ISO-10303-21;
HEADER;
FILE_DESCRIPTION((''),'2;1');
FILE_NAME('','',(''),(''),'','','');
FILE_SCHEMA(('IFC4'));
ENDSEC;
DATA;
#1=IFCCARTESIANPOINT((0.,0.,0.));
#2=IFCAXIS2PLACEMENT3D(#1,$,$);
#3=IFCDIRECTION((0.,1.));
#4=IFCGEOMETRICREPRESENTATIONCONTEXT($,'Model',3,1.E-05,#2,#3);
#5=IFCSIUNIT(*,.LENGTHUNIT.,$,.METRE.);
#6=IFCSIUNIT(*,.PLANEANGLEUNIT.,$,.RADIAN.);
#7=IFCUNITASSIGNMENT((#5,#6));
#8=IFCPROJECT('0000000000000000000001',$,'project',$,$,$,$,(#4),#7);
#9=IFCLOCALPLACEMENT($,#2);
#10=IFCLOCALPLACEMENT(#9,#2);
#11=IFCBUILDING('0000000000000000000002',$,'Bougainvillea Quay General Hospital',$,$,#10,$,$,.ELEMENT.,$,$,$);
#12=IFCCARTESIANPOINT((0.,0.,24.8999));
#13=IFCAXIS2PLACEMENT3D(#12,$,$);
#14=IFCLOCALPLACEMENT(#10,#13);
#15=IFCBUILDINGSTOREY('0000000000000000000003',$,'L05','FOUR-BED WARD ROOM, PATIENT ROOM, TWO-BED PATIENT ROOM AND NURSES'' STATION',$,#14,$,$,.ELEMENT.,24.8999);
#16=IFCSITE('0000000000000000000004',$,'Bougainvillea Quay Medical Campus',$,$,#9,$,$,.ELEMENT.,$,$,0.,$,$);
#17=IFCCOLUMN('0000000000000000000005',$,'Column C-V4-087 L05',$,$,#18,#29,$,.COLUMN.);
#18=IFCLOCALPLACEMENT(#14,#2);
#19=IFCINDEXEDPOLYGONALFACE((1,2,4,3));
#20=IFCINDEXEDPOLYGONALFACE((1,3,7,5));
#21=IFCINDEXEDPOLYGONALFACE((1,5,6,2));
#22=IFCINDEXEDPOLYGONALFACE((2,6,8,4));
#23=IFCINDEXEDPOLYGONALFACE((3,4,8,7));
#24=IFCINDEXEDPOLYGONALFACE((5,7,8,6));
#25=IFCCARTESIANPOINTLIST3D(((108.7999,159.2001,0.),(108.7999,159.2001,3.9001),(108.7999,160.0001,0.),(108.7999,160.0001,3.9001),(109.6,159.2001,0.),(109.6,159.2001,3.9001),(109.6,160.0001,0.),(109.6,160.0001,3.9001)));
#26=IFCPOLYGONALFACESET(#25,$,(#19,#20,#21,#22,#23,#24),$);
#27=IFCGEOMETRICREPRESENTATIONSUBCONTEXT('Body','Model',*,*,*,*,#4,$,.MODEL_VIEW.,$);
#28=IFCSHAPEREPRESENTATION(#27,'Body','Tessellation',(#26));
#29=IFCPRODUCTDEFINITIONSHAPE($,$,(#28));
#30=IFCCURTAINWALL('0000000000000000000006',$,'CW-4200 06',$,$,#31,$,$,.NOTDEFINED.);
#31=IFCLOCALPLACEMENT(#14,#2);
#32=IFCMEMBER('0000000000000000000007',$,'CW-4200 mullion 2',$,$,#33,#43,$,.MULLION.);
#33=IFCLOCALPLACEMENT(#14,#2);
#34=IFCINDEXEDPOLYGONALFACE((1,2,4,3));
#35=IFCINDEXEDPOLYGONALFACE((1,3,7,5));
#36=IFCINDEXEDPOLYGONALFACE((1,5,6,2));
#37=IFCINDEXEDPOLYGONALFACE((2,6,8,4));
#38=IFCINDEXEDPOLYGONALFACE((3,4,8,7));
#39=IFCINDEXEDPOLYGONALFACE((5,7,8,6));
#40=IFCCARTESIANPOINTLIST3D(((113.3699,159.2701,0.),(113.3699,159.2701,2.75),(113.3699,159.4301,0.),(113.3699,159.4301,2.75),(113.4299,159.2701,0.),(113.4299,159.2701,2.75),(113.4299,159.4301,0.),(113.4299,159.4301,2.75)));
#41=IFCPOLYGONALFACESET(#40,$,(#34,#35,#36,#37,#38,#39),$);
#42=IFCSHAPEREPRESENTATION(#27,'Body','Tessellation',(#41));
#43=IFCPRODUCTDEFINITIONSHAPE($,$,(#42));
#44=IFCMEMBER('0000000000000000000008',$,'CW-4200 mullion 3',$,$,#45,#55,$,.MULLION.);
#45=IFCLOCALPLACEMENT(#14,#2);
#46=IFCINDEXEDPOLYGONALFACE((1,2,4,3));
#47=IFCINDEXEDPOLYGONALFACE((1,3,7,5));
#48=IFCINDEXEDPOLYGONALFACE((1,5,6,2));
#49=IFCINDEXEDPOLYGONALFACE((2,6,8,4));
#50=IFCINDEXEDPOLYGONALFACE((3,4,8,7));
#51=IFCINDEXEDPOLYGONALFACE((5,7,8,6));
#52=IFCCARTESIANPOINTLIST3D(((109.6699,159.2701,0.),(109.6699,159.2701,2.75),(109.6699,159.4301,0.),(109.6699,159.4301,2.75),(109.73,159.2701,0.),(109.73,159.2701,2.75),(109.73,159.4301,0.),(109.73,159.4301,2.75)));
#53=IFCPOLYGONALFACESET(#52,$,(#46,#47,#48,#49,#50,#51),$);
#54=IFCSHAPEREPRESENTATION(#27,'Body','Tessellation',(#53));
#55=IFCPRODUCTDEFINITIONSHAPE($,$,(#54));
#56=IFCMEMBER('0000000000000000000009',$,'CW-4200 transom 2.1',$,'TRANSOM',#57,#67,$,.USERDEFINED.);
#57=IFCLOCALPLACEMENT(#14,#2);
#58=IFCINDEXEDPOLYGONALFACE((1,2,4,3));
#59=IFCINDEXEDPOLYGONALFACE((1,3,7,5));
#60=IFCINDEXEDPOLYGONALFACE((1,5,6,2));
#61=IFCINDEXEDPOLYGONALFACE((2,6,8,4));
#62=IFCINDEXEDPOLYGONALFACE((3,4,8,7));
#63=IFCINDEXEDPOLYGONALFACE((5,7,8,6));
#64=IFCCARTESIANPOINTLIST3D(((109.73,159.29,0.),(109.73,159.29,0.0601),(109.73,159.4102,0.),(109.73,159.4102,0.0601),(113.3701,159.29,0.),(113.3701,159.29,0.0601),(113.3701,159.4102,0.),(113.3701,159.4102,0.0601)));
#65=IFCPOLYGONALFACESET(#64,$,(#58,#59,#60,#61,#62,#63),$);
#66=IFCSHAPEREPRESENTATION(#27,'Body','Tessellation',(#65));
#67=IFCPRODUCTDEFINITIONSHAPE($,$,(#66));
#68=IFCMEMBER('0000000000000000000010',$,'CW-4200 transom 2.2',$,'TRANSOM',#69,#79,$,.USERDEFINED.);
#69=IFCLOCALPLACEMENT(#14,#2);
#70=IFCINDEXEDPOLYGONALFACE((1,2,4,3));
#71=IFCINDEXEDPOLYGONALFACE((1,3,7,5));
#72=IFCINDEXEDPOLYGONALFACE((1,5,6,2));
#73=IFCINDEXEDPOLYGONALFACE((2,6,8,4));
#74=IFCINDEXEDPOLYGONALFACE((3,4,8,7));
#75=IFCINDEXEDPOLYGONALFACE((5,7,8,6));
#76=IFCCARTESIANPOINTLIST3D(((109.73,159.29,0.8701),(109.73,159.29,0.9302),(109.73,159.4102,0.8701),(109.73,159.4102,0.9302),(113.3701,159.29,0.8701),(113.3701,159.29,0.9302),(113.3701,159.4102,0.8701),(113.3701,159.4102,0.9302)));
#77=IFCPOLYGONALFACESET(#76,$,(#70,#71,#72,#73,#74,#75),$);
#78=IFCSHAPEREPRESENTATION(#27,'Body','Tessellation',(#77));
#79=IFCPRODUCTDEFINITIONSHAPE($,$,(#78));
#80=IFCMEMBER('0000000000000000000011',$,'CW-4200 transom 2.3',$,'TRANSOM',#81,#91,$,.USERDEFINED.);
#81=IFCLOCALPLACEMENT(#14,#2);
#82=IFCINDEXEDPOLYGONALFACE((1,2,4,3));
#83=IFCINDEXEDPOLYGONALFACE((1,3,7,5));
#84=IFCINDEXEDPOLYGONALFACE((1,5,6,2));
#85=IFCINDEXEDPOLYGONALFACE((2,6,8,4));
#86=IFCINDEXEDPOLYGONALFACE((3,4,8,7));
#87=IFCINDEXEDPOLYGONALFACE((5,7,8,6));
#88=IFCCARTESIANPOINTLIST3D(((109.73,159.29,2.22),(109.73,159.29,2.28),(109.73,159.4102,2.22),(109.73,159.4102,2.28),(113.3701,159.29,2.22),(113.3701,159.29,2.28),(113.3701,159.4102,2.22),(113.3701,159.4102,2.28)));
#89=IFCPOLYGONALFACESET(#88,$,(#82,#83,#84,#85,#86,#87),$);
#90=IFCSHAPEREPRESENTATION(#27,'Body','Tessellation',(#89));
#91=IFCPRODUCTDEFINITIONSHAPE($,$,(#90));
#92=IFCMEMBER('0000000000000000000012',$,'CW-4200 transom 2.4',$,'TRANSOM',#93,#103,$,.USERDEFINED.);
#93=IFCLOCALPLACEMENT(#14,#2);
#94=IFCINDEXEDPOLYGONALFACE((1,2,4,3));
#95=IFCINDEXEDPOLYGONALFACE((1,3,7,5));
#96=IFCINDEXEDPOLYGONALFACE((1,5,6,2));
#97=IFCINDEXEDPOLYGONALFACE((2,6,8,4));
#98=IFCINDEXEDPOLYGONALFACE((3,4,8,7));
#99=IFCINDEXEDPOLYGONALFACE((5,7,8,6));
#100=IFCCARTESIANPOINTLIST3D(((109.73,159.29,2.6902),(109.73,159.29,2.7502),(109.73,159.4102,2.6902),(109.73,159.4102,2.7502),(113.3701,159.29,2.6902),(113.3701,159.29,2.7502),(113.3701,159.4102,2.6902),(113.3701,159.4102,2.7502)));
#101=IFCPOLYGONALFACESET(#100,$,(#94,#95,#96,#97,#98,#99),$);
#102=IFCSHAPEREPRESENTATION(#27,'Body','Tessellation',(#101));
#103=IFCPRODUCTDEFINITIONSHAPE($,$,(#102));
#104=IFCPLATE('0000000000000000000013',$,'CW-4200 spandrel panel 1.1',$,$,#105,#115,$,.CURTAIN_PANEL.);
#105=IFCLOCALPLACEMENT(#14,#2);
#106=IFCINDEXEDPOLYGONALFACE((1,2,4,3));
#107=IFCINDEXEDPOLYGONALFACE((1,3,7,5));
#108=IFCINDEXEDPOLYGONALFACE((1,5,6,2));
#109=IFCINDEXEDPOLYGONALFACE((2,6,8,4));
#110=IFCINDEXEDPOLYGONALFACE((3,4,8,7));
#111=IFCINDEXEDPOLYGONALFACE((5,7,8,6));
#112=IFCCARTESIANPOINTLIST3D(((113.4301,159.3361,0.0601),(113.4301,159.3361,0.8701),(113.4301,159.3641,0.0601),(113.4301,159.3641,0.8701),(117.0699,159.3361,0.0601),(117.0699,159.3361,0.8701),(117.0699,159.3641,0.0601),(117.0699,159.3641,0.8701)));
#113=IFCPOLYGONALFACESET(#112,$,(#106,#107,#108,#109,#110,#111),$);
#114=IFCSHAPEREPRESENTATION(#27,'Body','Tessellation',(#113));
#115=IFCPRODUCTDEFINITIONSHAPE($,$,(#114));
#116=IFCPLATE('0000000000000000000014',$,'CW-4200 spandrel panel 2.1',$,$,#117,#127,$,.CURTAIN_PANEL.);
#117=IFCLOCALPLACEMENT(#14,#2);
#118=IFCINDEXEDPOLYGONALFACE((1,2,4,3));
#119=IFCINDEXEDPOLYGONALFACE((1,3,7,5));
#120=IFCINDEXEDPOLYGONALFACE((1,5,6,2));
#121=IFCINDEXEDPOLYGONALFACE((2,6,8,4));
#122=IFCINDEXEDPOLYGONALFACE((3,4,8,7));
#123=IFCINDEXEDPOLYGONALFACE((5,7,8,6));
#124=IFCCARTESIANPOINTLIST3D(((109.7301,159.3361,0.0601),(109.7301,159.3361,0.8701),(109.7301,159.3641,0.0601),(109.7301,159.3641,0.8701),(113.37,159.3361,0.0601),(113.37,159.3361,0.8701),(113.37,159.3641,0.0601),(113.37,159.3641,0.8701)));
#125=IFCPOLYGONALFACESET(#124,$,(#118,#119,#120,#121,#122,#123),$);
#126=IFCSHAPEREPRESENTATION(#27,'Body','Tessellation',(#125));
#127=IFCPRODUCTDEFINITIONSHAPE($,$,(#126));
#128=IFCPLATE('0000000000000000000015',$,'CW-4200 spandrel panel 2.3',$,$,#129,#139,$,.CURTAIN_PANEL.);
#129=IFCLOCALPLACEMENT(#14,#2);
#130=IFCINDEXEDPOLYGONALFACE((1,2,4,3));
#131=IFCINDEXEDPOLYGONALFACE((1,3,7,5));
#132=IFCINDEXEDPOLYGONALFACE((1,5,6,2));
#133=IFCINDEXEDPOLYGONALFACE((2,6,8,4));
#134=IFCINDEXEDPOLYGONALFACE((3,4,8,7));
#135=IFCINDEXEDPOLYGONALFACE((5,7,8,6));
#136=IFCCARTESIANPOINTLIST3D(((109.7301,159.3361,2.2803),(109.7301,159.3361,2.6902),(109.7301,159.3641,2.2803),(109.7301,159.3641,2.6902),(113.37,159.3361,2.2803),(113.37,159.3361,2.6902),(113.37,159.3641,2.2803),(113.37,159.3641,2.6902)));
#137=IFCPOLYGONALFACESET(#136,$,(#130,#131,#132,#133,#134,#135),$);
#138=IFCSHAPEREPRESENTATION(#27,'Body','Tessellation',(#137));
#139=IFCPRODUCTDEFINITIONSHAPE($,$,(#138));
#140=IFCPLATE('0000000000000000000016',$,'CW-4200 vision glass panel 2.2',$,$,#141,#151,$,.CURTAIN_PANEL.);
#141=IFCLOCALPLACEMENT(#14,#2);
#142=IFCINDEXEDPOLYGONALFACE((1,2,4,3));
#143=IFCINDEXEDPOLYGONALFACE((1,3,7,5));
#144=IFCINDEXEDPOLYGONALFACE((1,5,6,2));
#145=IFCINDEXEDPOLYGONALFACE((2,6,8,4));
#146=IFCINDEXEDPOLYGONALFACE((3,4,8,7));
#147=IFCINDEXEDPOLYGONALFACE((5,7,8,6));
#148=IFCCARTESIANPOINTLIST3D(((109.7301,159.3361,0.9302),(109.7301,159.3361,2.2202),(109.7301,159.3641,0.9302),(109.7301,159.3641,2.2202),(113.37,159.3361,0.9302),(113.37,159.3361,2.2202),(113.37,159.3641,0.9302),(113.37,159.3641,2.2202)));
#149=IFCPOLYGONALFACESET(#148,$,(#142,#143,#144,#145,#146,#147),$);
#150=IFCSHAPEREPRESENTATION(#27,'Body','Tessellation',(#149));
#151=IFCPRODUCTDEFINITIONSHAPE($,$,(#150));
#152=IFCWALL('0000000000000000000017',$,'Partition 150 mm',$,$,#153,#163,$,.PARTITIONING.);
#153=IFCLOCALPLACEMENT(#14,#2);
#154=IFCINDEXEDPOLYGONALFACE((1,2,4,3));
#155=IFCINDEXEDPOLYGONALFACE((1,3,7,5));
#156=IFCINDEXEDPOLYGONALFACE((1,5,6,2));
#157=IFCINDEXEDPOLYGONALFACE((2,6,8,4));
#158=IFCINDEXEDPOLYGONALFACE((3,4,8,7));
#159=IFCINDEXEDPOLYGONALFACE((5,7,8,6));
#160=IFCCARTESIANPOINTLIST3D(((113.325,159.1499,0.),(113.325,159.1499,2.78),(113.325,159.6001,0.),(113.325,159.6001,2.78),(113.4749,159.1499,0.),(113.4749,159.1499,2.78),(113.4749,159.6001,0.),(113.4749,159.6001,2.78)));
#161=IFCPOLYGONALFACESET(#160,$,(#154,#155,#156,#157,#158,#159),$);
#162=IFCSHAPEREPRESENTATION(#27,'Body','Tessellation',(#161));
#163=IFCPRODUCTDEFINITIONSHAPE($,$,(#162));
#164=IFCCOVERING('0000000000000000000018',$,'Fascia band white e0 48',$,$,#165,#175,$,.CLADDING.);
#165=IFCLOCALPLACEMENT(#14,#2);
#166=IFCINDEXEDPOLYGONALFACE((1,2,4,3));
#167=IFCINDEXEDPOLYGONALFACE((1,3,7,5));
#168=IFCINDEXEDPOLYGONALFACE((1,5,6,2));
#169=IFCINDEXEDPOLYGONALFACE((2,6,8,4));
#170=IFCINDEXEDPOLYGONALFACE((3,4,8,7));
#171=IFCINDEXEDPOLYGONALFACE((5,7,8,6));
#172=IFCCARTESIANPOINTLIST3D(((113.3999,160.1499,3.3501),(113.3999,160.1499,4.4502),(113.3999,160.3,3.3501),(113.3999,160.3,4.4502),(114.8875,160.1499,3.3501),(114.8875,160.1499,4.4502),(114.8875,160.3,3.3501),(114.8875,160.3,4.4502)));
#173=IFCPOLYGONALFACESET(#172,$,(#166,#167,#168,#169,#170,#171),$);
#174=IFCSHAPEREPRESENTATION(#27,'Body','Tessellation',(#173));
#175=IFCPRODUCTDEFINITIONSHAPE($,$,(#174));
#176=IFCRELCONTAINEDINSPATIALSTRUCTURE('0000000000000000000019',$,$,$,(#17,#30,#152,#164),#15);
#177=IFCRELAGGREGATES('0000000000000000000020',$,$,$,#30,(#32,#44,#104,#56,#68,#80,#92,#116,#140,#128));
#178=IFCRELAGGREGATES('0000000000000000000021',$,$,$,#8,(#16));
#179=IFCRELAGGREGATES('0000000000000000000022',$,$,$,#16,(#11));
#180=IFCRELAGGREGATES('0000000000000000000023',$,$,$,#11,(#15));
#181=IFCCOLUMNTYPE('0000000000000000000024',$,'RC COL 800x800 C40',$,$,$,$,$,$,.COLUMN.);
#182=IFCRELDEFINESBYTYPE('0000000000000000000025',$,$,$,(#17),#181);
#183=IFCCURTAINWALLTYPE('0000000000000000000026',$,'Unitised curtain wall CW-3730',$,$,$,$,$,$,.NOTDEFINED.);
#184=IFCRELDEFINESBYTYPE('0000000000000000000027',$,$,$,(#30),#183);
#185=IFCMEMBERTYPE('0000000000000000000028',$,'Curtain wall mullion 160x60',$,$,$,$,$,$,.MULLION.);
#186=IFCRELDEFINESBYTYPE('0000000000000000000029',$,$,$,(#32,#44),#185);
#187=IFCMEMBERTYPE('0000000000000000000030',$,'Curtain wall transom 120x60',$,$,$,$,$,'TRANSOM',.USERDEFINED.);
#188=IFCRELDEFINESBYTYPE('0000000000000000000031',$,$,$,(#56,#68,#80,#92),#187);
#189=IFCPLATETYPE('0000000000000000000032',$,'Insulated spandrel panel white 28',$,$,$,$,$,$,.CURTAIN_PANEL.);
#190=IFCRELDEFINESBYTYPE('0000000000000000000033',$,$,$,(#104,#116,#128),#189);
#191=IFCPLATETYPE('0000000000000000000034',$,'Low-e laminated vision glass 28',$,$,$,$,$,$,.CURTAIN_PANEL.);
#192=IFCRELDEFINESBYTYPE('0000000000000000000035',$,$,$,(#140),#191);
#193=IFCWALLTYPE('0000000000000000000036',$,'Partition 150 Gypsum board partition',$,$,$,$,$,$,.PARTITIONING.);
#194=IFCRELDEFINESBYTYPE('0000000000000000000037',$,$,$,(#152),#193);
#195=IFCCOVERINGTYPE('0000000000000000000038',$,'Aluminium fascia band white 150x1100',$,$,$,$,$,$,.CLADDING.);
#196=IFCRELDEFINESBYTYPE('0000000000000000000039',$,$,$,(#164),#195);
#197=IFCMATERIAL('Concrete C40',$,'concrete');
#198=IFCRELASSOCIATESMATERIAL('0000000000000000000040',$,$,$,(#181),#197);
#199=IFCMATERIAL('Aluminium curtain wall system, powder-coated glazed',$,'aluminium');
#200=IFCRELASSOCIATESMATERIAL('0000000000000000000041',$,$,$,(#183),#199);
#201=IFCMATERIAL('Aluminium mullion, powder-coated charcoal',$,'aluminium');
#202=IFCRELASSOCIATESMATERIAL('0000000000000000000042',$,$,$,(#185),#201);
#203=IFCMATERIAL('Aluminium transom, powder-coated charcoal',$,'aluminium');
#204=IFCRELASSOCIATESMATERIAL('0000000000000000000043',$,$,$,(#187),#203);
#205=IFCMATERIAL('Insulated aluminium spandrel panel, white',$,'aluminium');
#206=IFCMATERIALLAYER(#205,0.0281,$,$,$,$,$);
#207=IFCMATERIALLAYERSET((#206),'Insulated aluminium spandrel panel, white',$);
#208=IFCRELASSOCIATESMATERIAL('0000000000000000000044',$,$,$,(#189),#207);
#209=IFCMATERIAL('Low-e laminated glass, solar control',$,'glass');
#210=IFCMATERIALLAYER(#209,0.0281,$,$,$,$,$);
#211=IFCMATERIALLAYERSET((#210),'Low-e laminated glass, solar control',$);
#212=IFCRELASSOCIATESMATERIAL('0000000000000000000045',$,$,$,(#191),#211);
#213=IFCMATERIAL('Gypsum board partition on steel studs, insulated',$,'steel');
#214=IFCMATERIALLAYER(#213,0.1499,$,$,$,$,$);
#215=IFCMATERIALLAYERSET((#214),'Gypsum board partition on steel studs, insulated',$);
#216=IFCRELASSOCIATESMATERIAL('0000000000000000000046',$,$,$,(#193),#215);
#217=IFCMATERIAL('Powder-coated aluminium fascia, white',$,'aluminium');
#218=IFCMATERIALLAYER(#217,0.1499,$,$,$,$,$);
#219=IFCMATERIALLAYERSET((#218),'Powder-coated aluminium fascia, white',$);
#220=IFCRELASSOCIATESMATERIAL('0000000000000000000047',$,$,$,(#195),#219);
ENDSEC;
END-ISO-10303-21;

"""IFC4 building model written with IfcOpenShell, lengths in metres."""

from ifc_helpers import new_model, si_unit, direction, frame, frame_2d, origin, origin_2d, place, context, subcontext, project, spatial, polyline, rectangle, outline, extrude, material, layer, layer_set, material_profile, profile_set, type_object, element, aggregate, save


model = new_model("IFC4")

# Units and contexts
model_context = context("Model", 3, precision=1e-05, world=origin(), true_north=direction((0.0, 1.0)))
body_context = subcontext(model_context, "Body", "Model", "MODEL_VIEW")
ifc_project = project(units=[si_unit("LENGTHUNIT", "METRE"), si_unit("PLANEANGLEUNIT", "RADIAN")], contexts=[model_context])

# Site, building, storey
site_placement = place(None, origin())
site = spatial("IfcSite", under=ifc_project, at=site_placement, Name="Bougainvillea Quay Medical Campus", CompositionType="ELEMENT", RefElevation=0.0)
building_placement = place(site_placement, origin())
building = spatial("IfcBuilding", under=site, at=building_placement, Name="Bougainvillea Quay General Hospital", CompositionType="ELEMENT")
storey_placement = place(building_placement, frame((0.0, 0.0, 24.8999)))
storey = spatial("IfcBuildingStorey", under=building, at=storey_placement, Name="L05", Description="FOUR-BED WARD ROOM, PATIENT ROOM, TWO-BED PATIENT ROOM AND NURSES' STATION", CompositionType="ELEMENT", Elevation=24.8999)

# Column
ifc_material_1 = material(Name="Concrete C40", Category="concrete")
ifc_material_profile_1 = material_profile(ifc_material_1, rectangle(XDim=0.8, YDim=0.8, at=origin_2d()))
ifc_profile_set_1 = profile_set([ifc_material_profile_1], Name="Concrete C40")
column_type = type_object("IfcColumnType", Name="RC COL 800x800 C40", PredefinedType="COLUMN", material=ifc_profile_set_1)
column_placement = place(storey_placement, frame((109.2, 159.6001, 0.0), z_axis=(0.0, 0.0, 1.0), x_axis=(1.0, 0.0, 0.0)))
element("IfcColumn", 1, at=column_placement, inside=storey, type_object=column_type, Name="Column C-V4-087 L05", PredefinedType="COLUMN", context=body_context, shape_type="SweptSolid", body=[
    extrude(rectangle(XDim=0.8, YDim=0.8, at=origin_2d()), origin(), (0.0, 0.0, 1.0), 3.9001),
])

# Curtain wall, members, plates
ifc_material_2 = material(Name="Aluminium curtain wall system, powder-coated glazed", Category="aluminium")
curtain_wall_type = type_object("IfcCurtainWallType", Name="Unitised curtain wall CW-3730", PredefinedType="NOTDEFINED", material=ifc_material_2)
curtain_wall_placement = place(storey_placement, origin())
curtain_wall = element("IfcCurtainWall", 2, at=curtain_wall_placement, inside=storey, type_object=curtain_wall_type, Name="CW-4200 06", PredefinedType="NOTDEFINED")
ifc_material_3 = material(Name="Aluminium mullion, powder-coated charcoal", Category="aluminium")
ifc_material_profile_2 = material_profile(ifc_material_3, rectangle(XDim=0.1599, YDim=0.0601, at=origin_2d()))
ifc_profile_set_2 = profile_set([ifc_material_profile_2], Name="Aluminium mullion, powder-coated charcoal")
member_type_1 = type_object("IfcMemberType", Name="Curtain wall mullion 160x60", PredefinedType="MULLION", material=ifc_profile_set_2)
member_1_placement = place(storey_placement, frame((113.3999, 159.3501, 0.0), z_axis=(0.0, 0.0, 1.0), x_axis=(0.0, -1.0, 0.0)))
member_1 = element("IfcMember", 3, at=member_1_placement, type_object=member_type_1, Name="CW-4200 mullion 2", PredefinedType="MULLION", context=body_context, shape_type="SweptSolid", body=[
    extrude(rectangle(XDim=0.1599, YDim=0.0601, at=origin_2d()), origin(), (0.0, 0.0, 1.0), 2.75),
])
member_2_placement = place(storey_placement, frame((109.7, 159.3501, 0.0), z_axis=(0.0, 0.0, 1.0), x_axis=(0.0, -1.0, 0.0)))
member_2 = element("IfcMember", 4, at=member_2_placement, type_object=member_type_1, Name="CW-4200 mullion 3", PredefinedType="MULLION", context=body_context, shape_type="SweptSolid", body=[
    extrude(rectangle(XDim=0.1599, YDim=0.0601, at=origin_2d()), origin(), (0.0, 0.0, 1.0), 2.75),
])
ifc_material_4 = material(Name="Aluminium transom, powder-coated charcoal", Category="aluminium")
ifc_material_profile_3 = material_profile(ifc_material_4, rectangle(XDim=0.1201, YDim=0.0601, at=origin_2d()))
ifc_profile_set_3 = profile_set([ifc_material_profile_3], Name="Aluminium transom, powder-coated charcoal")
member_type_2 = type_object("IfcMemberType", Name="Curtain wall transom 120x60", ElementType="TRANSOM", PredefinedType="USERDEFINED", material=ifc_profile_set_3)
member_3_placement = place(storey_placement, frame((113.3701, 159.3501, 0.03), z_axis=(-1.0, 0.0, 0.0), x_axis=(0.0, -1.0, 0.0)))
member_3 = element("IfcMember", 5, at=member_3_placement, type_object=member_type_2, Name="CW-4200 transom 2.1", ObjectType="TRANSOM", PredefinedType="USERDEFINED", context=body_context, shape_type="SweptSolid", body=[
    extrude(rectangle(XDim=0.1201, YDim=0.0601, at=origin_2d()), origin(), (0.0, 0.0, 1.0), 3.6401),
])
member_4_placement = place(storey_placement, frame((113.3701, 159.3501, 0.9001), z_axis=(-1.0, 0.0, 0.0), x_axis=(0.0, -1.0, 0.0)))
member_4 = element("IfcMember", 6, at=member_4_placement, type_object=member_type_2, Name="CW-4200 transom 2.2", ObjectType="TRANSOM", PredefinedType="USERDEFINED", context=body_context, shape_type="SweptSolid", body=[
    extrude(rectangle(XDim=0.1201, YDim=0.0601, at=origin_2d()), origin(), (0.0, 0.0, 1.0), 3.6401),
])
member_5_placement = place(storey_placement, frame((113.3701, 159.3501, 2.25), z_axis=(-1.0, 0.0, 0.0), x_axis=(0.0, -1.0, 0.0)))
member_5 = element("IfcMember", 7, at=member_5_placement, type_object=member_type_2, Name="CW-4200 transom 2.3", ObjectType="TRANSOM", PredefinedType="USERDEFINED", context=body_context, shape_type="SweptSolid", body=[
    extrude(rectangle(XDim=0.1201, YDim=0.0601, at=origin_2d()), origin(), (0.0, 0.0, 1.0), 3.6401),
])
member_6_placement = place(storey_placement, frame((113.3701, 159.3501, 2.7202), z_axis=(-1.0, 0.0, 0.0), x_axis=(0.0, -1.0, 0.0)))
member_6 = element("IfcMember", 8, at=member_6_placement, type_object=member_type_2, Name="CW-4200 transom 2.4", ObjectType="TRANSOM", PredefinedType="USERDEFINED", context=body_context, shape_type="SweptSolid", body=[
    extrude(rectangle(XDim=0.1201, YDim=0.0601, at=origin_2d()), origin(), (0.0, 0.0, 1.0), 3.6401),
])
ifc_material_5 = material(Name="Insulated aluminium spandrel panel, white", Category="aluminium")
ifc_layer_1 = layer(ifc_material_5, 0.0281)
ifc_layer_set_1 = layer_set([ifc_layer_1], Name="Insulated aluminium spandrel panel, white")
plate_type_1 = type_object("IfcPlateType", Name="Insulated spandrel panel white 28", PredefinedType="CURTAIN_PANEL", material=ifc_layer_set_1)
plate_1_placement = place(storey_placement, frame((115.25, 159.3501, 0.0601), z_axis=(0.0, 0.0, 1.0), x_axis=(-1.0, 0.0, 0.0)))
plate_1 = element("IfcPlate", 9, at=plate_1_placement, type_object=plate_type_1, Name="CW-4200 spandrel panel 1.1", PredefinedType="CURTAIN_PANEL", context=body_context, shape_type="SweptSolid", body=[
    extrude(rectangle(XDim=3.6399, YDim=0.0281, at=origin_2d()), origin(), (0.0, 0.0, 1.0), 0.8101),
])
plate_2_placement = place(storey_placement, frame((111.55, 159.3501, 0.0601), z_axis=(0.0, 0.0, 1.0), x_axis=(-1.0, 0.0, 0.0)))
plate_2 = element("IfcPlate", 10, at=plate_2_placement, type_object=plate_type_1, Name="CW-4200 spandrel panel 2.1", PredefinedType="CURTAIN_PANEL", context=body_context, shape_type="SweptSolid", body=[
    extrude(rectangle(XDim=3.6399, YDim=0.0281, at=origin_2d()), origin(), (0.0, 0.0, 1.0), 0.8101),
])
plate_3_placement = place(storey_placement, frame((111.55, 159.3501, 2.2803), z_axis=(0.0, 0.0, 1.0), x_axis=(-1.0, 0.0, 0.0)))
plate_3 = element("IfcPlate", 11, at=plate_3_placement, type_object=plate_type_1, Name="CW-4200 spandrel panel 2.3", PredefinedType="CURTAIN_PANEL", context=body_context, shape_type="SweptSolid", body=[
    extrude(rectangle(XDim=3.6399, YDim=0.0281, at=origin_2d()), origin(), (0.0, 0.0, 1.0), 0.4099),
])
ifc_material_6 = material(Name="Low-e laminated glass, solar control", Category="glass")
ifc_layer_2 = layer(ifc_material_6, 0.0281)
ifc_layer_set_2 = layer_set([ifc_layer_2], Name="Low-e laminated glass, solar control")
plate_type_2 = type_object("IfcPlateType", Name="Low-e laminated vision glass 28", PredefinedType="CURTAIN_PANEL", material=ifc_layer_set_2)
plate_4_placement = place(storey_placement, frame((111.55, 159.3501, 0.9302), z_axis=(0.0, 0.0, 1.0), x_axis=(-1.0, 0.0, 0.0)))
plate_4 = element("IfcPlate", 12, at=plate_4_placement, type_object=plate_type_2, Name="CW-4200 vision glass panel 2.2", PredefinedType="CURTAIN_PANEL", context=body_context, shape_type="SweptSolid", body=[
    extrude(rectangle(XDim=3.6399, YDim=0.0281, at=origin_2d()), origin(), (0.0, 0.0, 1.0), 1.29),
])
aggregate(curtain_wall, [member_1, member_2, plate_1, member_3, member_4, member_5, member_6, plate_2, plate_4, plate_3])

# Wall
ifc_material_7 = material(Name="Gypsum board partition on steel studs, insulated", Category="steel")
ifc_layer_3 = layer(ifc_material_7, 0.1499)
ifc_layer_set_3 = layer_set([ifc_layer_3], Name="Gypsum board partition on steel studs, insulated")
wall_type = type_object("IfcWallType", Name="Partition 150 Gypsum board partition", PredefinedType="PARTITIONING", material=ifc_layer_set_3)
wall_placement = place(storey_placement, frame((113.3999, 159.1499, 0.0), z_axis=(0.0, 0.0, 1.0), x_axis=(0.0, 1.0, 0.0)))
element("IfcWall", 13, at=wall_placement, inside=storey, type_object=wall_type, Name="Partition 150 mm", PredefinedType="PARTITIONING", context=body_context, shape_type="SweptSolid", body=[
    extrude(rectangle(XDim=0.4502, YDim=0.1499, at=frame_2d((0.2251, 0.0))), origin(), (0.0, 0.0, 1.0), 2.78),
])

# Covering
ifc_material_8 = material(Name="Powder-coated aluminium fascia, white", Category="aluminium")
ifc_layer_4 = layer(ifc_material_8, 0.1499)
ifc_layer_set_4 = layer_set([ifc_layer_4], Name="Powder-coated aluminium fascia, white")
covering_type = type_object("IfcCoveringType", Name="Aluminium fascia band white 150x1100", PredefinedType="CLADDING", material=ifc_layer_set_4)
covering_1_placement = place(storey_placement, frame((114.8875, 160.1499, 3.3501), z_axis=(0.0, 0.0, 1.0), x_axis=(-1.0, 0.0, 0.0)))
element("IfcCovering", 14, at=covering_1_placement, inside=storey, type_object=covering_type, Name="Fascia band white e0 48", PredefinedType="CLADDING", context=body_context, shape_type="SweptSolid", body=[
    extrude(outline(polyline([(0.0, 0.0), (1.4875, 0.0), (1.4875, -0.1501), (0.0, -0.1501), (0.0, 0.0)])), origin(), (0.0, 0.0, 1.0), 1.1001),
])

save(model, "model.ifc")
